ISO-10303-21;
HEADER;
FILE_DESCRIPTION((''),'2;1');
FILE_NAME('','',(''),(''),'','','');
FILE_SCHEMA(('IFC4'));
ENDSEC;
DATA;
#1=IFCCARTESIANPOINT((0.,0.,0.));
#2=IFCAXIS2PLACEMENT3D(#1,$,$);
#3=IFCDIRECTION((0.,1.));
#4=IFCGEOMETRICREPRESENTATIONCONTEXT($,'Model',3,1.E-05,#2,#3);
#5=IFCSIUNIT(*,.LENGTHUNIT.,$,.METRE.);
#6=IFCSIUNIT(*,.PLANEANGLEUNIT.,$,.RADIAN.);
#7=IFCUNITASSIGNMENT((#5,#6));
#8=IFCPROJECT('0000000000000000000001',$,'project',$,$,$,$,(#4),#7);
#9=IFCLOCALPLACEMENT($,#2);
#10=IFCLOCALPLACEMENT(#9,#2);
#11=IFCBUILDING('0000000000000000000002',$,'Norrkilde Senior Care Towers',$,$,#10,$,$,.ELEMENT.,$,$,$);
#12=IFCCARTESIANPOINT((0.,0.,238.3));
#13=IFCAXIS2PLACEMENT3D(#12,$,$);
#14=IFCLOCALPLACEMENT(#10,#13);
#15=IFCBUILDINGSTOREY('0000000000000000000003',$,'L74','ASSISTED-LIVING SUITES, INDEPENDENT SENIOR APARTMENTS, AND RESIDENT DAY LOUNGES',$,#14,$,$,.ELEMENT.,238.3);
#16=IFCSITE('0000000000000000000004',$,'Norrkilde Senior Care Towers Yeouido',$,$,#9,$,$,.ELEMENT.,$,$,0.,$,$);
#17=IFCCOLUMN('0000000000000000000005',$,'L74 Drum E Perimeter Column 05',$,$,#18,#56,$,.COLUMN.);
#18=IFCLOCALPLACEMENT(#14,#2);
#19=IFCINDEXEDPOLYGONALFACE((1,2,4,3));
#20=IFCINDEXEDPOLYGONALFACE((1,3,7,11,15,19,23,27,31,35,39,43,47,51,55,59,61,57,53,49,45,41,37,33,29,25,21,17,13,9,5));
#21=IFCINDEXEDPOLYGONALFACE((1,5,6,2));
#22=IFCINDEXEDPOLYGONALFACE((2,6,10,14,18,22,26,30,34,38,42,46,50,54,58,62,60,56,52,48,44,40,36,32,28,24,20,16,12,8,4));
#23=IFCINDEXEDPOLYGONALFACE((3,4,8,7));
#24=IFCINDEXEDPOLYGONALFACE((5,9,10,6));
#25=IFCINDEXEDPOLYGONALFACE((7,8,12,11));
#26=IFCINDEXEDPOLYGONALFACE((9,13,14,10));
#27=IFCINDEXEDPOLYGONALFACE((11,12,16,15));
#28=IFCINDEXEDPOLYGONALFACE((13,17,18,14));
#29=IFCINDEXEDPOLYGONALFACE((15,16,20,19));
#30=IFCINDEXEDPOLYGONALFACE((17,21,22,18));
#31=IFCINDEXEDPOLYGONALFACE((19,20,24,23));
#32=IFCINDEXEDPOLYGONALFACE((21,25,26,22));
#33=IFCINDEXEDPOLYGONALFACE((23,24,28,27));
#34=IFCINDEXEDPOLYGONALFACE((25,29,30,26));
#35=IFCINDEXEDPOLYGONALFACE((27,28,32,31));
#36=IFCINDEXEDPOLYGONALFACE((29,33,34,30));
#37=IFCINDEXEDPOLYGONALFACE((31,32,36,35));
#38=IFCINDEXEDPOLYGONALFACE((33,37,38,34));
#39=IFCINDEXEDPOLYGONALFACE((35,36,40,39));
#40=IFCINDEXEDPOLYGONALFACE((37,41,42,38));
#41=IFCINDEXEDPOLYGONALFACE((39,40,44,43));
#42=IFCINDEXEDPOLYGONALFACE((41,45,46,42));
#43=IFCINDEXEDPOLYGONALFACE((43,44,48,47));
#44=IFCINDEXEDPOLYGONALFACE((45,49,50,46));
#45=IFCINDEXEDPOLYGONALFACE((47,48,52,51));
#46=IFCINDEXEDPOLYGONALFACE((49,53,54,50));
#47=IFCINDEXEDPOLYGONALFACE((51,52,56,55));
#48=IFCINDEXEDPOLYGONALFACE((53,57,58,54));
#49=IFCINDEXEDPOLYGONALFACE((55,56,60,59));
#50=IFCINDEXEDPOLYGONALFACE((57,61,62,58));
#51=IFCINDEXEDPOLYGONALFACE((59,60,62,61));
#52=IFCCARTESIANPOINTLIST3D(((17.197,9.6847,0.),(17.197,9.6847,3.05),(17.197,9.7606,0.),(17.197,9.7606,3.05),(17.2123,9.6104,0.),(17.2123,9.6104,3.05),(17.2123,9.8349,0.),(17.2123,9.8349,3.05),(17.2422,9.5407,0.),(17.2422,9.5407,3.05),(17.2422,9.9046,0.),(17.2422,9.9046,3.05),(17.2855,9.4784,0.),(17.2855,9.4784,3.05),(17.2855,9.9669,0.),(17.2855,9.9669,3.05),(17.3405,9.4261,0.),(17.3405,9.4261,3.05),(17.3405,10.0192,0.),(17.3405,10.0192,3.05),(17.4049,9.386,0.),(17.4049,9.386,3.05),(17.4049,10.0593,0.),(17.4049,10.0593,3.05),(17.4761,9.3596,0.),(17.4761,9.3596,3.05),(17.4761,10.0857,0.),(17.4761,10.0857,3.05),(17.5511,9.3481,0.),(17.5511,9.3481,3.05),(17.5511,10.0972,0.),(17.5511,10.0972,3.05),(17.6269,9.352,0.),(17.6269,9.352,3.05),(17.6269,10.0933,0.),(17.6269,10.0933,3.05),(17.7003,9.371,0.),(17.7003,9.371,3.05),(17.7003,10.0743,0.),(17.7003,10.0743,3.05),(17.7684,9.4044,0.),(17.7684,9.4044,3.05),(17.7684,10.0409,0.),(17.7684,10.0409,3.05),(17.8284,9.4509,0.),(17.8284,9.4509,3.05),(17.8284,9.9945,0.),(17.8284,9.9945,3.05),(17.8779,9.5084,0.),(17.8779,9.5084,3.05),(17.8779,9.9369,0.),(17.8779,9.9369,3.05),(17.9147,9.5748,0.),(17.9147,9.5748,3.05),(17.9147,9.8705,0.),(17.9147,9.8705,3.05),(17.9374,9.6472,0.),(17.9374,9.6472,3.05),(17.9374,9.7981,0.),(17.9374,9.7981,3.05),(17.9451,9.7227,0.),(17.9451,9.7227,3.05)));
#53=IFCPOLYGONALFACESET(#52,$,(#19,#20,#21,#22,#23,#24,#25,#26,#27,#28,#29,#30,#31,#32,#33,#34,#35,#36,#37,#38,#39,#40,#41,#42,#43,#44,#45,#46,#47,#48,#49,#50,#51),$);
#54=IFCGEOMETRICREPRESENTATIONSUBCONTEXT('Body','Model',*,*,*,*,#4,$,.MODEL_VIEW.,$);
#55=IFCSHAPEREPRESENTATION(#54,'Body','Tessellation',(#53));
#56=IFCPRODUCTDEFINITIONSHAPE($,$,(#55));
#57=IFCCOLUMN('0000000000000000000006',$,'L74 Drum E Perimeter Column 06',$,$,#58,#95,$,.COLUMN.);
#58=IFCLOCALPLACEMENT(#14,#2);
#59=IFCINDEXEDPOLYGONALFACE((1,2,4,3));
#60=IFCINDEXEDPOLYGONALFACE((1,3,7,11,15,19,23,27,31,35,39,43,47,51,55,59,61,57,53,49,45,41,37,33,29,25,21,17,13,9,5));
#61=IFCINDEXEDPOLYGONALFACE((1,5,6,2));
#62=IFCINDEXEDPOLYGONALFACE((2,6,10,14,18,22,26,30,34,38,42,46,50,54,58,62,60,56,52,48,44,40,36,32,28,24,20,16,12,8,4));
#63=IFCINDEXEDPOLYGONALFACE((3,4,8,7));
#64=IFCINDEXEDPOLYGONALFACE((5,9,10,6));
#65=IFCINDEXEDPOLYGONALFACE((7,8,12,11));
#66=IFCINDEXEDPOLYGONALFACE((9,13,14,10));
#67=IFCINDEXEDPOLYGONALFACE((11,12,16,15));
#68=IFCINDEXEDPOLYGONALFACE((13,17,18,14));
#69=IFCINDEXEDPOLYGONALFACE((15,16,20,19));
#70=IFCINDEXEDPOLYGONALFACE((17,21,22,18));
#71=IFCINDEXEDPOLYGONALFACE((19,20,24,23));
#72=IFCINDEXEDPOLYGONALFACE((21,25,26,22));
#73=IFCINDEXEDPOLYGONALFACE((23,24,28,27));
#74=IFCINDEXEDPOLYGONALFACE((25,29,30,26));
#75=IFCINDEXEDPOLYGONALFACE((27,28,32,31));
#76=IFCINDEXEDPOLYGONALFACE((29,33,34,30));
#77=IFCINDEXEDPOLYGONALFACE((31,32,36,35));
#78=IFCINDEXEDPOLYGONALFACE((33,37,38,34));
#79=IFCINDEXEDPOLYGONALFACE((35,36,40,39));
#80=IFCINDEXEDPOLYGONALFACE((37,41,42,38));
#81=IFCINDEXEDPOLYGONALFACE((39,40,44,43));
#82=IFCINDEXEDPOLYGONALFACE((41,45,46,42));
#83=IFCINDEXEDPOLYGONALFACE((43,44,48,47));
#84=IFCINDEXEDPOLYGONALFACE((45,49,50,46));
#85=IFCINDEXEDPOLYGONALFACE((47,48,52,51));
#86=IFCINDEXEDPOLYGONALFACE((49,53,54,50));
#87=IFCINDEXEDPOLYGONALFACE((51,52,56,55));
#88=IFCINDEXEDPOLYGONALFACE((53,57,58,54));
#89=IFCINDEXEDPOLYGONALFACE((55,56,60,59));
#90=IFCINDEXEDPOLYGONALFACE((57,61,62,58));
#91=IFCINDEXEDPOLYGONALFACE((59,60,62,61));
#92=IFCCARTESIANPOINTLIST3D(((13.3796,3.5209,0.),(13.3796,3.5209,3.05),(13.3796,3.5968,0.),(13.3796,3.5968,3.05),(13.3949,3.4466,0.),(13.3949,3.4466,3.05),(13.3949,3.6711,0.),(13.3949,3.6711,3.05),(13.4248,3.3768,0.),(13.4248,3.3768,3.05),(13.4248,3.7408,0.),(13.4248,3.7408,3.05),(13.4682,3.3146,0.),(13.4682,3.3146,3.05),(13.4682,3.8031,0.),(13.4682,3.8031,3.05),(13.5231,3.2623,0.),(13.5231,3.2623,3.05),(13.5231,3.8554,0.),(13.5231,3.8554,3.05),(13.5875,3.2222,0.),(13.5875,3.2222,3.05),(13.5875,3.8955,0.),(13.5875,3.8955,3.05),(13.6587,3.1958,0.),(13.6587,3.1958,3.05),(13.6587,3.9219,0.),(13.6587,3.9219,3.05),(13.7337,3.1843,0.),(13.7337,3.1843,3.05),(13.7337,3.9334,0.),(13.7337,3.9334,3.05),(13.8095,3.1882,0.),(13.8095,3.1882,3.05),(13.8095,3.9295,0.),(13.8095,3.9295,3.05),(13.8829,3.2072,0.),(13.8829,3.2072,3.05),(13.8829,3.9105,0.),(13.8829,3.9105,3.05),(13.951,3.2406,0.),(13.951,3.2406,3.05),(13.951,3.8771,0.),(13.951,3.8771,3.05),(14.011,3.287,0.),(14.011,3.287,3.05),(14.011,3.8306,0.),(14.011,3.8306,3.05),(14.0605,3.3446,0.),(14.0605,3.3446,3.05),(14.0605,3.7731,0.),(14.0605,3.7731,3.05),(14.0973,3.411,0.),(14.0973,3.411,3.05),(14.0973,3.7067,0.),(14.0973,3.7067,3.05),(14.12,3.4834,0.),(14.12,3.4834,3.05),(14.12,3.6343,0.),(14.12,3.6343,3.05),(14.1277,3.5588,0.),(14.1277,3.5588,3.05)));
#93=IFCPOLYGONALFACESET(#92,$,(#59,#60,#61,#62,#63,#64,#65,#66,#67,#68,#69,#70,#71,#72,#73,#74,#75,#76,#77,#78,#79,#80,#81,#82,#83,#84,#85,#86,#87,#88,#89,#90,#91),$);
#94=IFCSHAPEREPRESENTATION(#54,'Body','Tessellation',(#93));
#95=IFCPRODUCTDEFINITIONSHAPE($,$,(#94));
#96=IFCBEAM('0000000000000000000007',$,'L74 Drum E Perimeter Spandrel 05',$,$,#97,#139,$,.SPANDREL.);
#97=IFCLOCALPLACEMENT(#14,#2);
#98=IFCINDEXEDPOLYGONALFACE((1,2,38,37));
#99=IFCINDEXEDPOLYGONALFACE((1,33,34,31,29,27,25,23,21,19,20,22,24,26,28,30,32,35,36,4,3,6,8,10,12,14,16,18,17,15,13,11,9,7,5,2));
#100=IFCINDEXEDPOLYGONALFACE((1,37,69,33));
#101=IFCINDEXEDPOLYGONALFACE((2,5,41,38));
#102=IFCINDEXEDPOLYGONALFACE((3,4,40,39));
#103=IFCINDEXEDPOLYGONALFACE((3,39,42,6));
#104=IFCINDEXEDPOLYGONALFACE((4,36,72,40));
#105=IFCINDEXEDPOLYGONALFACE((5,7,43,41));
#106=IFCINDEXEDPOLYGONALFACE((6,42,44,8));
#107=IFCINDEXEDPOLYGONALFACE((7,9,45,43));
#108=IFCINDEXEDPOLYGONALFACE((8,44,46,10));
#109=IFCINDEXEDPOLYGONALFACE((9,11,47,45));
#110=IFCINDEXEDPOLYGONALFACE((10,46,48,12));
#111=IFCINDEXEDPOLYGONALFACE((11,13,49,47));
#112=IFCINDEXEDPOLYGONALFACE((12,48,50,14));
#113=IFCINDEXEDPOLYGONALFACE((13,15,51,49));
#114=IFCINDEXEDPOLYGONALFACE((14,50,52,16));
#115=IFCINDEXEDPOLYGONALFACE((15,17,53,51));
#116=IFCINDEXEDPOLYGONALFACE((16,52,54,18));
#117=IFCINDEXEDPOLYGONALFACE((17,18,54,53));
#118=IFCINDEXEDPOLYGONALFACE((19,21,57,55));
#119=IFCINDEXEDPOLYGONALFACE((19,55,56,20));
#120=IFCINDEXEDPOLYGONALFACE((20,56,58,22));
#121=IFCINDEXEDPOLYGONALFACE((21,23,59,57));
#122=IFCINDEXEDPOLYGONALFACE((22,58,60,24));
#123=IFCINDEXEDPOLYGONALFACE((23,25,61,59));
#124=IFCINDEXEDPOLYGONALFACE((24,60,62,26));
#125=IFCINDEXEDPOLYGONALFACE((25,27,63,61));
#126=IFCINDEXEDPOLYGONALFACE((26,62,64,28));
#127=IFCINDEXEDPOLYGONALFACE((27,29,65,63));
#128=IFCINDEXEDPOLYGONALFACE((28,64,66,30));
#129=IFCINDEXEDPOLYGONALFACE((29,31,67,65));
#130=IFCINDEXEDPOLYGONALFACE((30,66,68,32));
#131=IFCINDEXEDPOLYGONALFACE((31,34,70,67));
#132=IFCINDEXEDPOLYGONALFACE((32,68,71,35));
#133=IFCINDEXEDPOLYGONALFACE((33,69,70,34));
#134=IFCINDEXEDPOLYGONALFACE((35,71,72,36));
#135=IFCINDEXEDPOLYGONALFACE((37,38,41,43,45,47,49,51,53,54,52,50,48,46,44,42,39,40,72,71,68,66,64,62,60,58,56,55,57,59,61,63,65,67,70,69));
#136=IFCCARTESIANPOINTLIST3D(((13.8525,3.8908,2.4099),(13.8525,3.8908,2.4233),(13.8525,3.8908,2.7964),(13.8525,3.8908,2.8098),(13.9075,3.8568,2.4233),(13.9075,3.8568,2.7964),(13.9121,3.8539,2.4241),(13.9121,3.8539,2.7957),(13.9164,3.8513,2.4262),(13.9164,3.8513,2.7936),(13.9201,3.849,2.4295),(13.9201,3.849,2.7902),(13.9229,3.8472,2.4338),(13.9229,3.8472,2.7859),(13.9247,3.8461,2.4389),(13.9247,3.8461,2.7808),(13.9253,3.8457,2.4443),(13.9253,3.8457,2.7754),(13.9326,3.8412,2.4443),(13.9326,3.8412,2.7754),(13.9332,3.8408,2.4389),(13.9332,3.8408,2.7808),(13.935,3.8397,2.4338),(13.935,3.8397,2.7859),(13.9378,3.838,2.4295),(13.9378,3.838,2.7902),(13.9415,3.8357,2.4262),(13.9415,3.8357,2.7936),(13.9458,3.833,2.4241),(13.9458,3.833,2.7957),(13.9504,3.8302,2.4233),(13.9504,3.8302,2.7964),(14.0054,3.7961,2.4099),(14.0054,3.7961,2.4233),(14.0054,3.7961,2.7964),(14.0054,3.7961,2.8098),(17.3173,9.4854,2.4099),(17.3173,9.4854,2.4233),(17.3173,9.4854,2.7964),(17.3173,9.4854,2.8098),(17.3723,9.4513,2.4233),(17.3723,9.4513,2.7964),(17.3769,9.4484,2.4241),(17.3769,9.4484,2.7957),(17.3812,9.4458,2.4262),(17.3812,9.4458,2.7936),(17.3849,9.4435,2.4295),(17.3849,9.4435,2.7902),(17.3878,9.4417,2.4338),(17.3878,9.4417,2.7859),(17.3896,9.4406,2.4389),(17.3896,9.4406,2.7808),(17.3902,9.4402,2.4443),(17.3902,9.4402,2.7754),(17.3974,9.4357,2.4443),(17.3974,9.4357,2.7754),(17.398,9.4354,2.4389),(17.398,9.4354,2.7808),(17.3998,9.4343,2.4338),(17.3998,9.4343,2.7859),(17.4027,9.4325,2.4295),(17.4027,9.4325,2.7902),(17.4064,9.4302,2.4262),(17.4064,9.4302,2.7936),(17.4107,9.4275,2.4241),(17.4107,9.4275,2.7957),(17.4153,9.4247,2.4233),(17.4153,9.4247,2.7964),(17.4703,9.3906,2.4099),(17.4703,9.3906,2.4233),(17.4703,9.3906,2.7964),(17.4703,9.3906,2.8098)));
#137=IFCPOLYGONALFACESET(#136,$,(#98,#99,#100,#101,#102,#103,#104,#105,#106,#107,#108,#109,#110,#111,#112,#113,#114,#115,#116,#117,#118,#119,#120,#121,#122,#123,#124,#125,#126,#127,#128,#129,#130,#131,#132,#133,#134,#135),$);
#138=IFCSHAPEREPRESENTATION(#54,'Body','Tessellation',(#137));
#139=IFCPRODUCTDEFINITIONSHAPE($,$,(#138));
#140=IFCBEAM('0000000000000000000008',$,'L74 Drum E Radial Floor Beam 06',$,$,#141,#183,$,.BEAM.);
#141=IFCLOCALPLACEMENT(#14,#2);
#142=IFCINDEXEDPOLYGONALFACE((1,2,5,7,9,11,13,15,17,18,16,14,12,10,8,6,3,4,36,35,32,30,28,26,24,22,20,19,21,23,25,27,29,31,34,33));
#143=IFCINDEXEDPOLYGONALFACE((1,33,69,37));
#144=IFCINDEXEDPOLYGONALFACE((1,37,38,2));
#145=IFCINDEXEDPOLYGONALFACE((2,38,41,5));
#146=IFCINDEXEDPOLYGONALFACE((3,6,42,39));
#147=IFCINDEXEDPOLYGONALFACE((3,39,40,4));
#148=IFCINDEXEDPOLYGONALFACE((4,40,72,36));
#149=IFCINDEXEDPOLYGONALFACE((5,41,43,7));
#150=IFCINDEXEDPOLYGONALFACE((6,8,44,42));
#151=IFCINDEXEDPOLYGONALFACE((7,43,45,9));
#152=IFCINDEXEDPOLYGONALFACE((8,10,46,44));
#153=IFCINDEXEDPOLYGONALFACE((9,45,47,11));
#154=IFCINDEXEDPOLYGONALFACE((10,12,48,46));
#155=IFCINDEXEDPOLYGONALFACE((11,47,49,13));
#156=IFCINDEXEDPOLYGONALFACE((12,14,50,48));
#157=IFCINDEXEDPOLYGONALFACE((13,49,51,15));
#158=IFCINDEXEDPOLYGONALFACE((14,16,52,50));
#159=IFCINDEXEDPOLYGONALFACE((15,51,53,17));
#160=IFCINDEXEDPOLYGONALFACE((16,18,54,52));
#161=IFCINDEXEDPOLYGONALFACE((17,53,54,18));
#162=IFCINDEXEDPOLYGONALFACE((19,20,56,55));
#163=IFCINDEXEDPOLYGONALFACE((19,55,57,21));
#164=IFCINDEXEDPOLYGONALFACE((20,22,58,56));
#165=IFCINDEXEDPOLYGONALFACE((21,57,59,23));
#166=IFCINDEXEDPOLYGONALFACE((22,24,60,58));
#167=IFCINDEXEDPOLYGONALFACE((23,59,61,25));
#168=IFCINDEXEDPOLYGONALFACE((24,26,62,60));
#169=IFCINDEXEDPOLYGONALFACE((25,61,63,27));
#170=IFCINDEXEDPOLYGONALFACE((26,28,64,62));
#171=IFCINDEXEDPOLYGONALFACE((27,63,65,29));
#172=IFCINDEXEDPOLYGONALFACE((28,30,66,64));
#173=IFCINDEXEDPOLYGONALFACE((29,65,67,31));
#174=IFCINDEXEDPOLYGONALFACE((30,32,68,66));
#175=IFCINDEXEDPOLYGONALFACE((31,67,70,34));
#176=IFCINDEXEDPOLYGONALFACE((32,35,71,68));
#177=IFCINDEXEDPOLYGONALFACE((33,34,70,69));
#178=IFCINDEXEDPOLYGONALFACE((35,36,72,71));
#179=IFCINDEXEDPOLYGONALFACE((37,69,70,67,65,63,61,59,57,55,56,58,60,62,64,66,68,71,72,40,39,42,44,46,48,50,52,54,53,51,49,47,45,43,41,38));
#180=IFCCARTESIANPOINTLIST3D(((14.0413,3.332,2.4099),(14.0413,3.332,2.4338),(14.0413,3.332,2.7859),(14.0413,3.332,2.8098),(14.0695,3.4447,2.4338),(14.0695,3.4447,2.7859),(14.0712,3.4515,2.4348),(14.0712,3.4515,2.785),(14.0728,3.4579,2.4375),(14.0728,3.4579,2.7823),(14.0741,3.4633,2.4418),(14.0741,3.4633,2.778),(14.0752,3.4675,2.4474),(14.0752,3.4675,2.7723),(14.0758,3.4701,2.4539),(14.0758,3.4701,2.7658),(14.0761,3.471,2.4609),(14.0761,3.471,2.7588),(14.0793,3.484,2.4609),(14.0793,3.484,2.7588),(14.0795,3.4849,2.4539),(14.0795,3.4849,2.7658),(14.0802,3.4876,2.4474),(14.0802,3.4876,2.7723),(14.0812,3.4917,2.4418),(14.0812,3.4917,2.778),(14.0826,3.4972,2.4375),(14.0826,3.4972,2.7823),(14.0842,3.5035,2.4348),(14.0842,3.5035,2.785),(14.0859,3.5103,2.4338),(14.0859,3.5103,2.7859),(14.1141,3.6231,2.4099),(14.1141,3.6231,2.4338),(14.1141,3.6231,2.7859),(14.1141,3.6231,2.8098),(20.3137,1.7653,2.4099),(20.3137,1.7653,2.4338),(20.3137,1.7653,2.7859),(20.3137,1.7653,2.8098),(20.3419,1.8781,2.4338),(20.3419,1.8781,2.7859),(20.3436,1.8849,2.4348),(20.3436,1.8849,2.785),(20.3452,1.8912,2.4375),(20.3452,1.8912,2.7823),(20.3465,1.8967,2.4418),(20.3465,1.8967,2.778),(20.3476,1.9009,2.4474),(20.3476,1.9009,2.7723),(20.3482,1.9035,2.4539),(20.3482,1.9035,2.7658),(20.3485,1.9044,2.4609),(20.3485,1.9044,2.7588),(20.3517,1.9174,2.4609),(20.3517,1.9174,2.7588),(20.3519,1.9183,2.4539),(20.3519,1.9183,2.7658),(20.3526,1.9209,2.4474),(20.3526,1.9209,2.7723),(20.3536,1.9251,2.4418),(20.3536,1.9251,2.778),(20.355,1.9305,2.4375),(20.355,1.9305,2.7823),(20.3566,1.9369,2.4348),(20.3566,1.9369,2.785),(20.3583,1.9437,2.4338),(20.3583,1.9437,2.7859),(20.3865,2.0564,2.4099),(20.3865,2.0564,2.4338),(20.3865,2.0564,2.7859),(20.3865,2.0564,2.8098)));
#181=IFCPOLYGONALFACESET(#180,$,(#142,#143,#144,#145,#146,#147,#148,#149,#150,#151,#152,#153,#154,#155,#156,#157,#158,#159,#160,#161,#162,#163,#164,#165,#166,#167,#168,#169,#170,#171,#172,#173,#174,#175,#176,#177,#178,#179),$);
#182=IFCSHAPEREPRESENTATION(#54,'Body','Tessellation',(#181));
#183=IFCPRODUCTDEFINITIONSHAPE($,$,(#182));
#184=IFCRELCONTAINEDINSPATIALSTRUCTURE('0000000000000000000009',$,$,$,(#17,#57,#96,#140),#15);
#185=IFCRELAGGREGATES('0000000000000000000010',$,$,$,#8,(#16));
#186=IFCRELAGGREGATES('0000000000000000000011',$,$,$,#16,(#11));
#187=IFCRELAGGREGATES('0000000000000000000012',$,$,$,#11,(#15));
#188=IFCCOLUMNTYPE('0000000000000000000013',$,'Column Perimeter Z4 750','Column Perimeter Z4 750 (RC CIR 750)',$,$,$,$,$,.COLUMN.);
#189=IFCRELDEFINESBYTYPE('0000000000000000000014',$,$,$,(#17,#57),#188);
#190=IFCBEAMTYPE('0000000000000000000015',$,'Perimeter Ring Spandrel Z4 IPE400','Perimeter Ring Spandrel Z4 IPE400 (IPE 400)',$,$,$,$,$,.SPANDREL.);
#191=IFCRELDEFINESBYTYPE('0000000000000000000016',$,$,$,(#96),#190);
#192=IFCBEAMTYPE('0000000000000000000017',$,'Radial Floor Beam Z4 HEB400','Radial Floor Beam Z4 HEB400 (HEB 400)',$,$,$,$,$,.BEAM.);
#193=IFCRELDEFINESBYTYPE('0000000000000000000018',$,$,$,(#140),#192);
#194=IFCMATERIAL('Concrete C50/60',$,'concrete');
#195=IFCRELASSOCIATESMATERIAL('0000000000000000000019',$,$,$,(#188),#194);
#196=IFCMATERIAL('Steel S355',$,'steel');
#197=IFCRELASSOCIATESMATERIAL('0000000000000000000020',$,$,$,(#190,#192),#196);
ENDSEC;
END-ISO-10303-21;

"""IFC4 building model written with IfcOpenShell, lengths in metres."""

from ifc_helpers import new_model, si_unit, direction, frame, origin, origin_2d, place, context, subcontext, project, spatial, circle, i_section, extrude, source, transform, mapped, material, material_profile, profile_set, type_object, type_shapes, element, save


model = new_model("IFC4")

# Units and contexts
model_context = context("Model", 3, precision=1e-05, world=origin(), true_north=direction((0.0, 1.0)))
body_context = subcontext(model_context, "Body", "Model", "MODEL_VIEW")
ifc_project = project(units=[si_unit("LENGTHUNIT", "METRE"), si_unit("PLANEANGLEUNIT", "RADIAN")], contexts=[model_context])

# Site, building, storey
site_placement = place(None, origin())
site = spatial("IfcSite", under=ifc_project, at=site_placement, Name="Norrkilde Senior Care Towers Yeouido", CompositionType="ELEMENT", RefElevation=0.0)
building_placement = place(site_placement, origin())
building = spatial("IfcBuilding", under=site, at=building_placement, Name="Norrkilde Senior Care Towers", CompositionType="ELEMENT")
storey_placement = place(building_placement, frame((0.0, 0.0, 238.3)))
storey = spatial("IfcBuildingStorey", under=building, at=storey_placement, Name="L74", Description="ASSISTED-LIVING SUITES, INDEPENDENT SENIOR APARTMENTS, AND RESIDENT DAY LOUNGES", CompositionType="ELEMENT", Elevation=238.3)

# Columns
ifc_material_1 = material(Name="Concrete C50/60", Category="concrete")
ifc_material_profile_1 = material_profile(ifc_material_1, circle(Radius=0.375, at=origin_2d()), Name="RC CIR 750")
ifc_profile_set_1 = profile_set([ifc_material_profile_1], Name="Concrete C50/60")
column_type = type_object("IfcColumnType", Name="Column Perimeter Z4 750", Description="Column Perimeter Z4 750 (RC CIR 750)", PredefinedType="COLUMN", material=ifc_profile_set_1)
shared_shape_1 = source(origin(), body_context, "Body", "SweptSolid", [
    extrude(circle(Radius=0.375, at=origin_2d()), origin(), (0.0, 0.0, 1.0), 3.05),
])
type_shapes(column_type, [shared_shape_1])
for number, where, z_axis, x_axis, name in (
    (1, (17.5701, 9.7227, 0.0), (0.0, 0.0, 1.0), (1.0, 0.0, 0.0), "L74 Drum E Perimeter Column 05"),
    (2, (13.7527, 3.5588, 0.0), (0.0, 0.0, 1.0), (1.0, 0.0, 0.0), "L74 Drum E Perimeter Column 06"),
):
    element("IfcColumn", number, at=place(storey_placement, frame(where, z_axis=z_axis, x_axis=x_axis)), inside=storey, type_object=column_type, Name=name, PredefinedType="COLUMN", context=body_context, shape_type="MappedRepresentation", body=[
        mapped(shared_shape_1, transform((0.0, 0.0, 0.0), x_axis=(1.0, 0.0, 0.0), y_axis=(0.0, 1.0, 0.0), z_axis=(0.0, 0.0, 1.0), scale=1.0)),
    ])

# Beams
ifc_material_2 = material(Name="Steel S355", Category="steel")
ifc_material_profile_2 = material_profile(ifc_material_2, i_section(OverallWidth=0.1799, OverallDepth=0.3999, WebThickness=0.0085, FlangeThickness=0.0134, FilletRadius=0.021, at=origin_2d()), Name="IPE 400")
ifc_profile_set_2 = profile_set([ifc_material_profile_2], Name="Steel S355")
beam_type_1 = type_object("IfcBeamType", Name="Perimeter Ring Spandrel Z4 IPE400", Description="Perimeter Ring Spandrel Z4 IPE400 (IPE 400)", PredefinedType="SPANDREL", material=ifc_profile_set_2)
shared_shape_2 = source(origin(), body_context, "Body", "SweptSolid", [
    extrude(i_section(OverallWidth=0.1799, OverallDepth=0.3999, WebThickness=0.0085, FlangeThickness=0.0134, FilletRadius=0.021, at=origin_2d()), origin(), (0.0, 0.0, 1.0), 6.5806),
])
beam_1_placement = place(storey_placement, frame((17.3938, 9.438, 2.6099), z_axis=(-0.52653, -0.850157, 0.0), x_axis=(0.850157, -0.52653, 0.0)))
element("IfcBeam", 3, at=beam_1_placement, inside=storey, type_object=beam_type_1, Name="L74 Drum E Perimeter Spandrel 05", PredefinedType="SPANDREL", context=body_context, shape_type="MappedRepresentation", body=[
    mapped(shared_shape_2, transform((0.0, 0.0, 0.0), x_axis=(1.0, 0.0, 0.0), y_axis=(0.0, 1.0, 0.0), z_axis=(0.0, 0.0, 1.0), scale=1.0)),
])
ifc_material_profile_3 = material_profile(ifc_material_2, i_section(OverallWidth=0.3, OverallDepth=0.3999, WebThickness=0.0134, FlangeThickness=0.0239, FilletRadius=0.0271, at=origin_2d()), Name="HEB 400")
ifc_profile_set_3 = profile_set([ifc_material_profile_3], Name="Steel S355")
beam_type_2 = type_object("IfcBeamType", Name="Radial Floor Beam Z4 HEB400", Description="Radial Floor Beam Z4 HEB400 (HEB 400)", PredefinedType="BEAM", material=ifc_profile_set_3)
shared_shape_3 = source(origin(), body_context, "Body", "SweptSolid", [
    extrude(i_section(OverallWidth=0.3, OverallDepth=0.3999, WebThickness=0.0134, FlangeThickness=0.0239, FilletRadius=0.0271, at=origin_2d()), origin(), (0.0, 0.0, 1.0), 6.4651),
])
type_shapes(beam_type_2, [shared_shape_3])
beam_2_placement = place(storey_placement, frame((20.3501, 1.9109, 2.6099), z_axis=(-0.970196, 0.242322, 0.0), x_axis=(-0.242322, -0.970196, 0.0)))
element("IfcBeam", 4, at=beam_2_placement, inside=storey, type_object=beam_type_2, Name="L74 Drum E Radial Floor Beam 06", PredefinedType="BEAM", context=body_context, shape_type="MappedRepresentation", body=[
    mapped(shared_shape_3, transform((0.0, 0.0, 0.0), x_axis=(1.0, 0.0, 0.0), y_axis=(0.0, 1.0, 0.0), z_axis=(0.0, 0.0, 1.0), scale=1.0)),
])

save(model, "model.ifc")
